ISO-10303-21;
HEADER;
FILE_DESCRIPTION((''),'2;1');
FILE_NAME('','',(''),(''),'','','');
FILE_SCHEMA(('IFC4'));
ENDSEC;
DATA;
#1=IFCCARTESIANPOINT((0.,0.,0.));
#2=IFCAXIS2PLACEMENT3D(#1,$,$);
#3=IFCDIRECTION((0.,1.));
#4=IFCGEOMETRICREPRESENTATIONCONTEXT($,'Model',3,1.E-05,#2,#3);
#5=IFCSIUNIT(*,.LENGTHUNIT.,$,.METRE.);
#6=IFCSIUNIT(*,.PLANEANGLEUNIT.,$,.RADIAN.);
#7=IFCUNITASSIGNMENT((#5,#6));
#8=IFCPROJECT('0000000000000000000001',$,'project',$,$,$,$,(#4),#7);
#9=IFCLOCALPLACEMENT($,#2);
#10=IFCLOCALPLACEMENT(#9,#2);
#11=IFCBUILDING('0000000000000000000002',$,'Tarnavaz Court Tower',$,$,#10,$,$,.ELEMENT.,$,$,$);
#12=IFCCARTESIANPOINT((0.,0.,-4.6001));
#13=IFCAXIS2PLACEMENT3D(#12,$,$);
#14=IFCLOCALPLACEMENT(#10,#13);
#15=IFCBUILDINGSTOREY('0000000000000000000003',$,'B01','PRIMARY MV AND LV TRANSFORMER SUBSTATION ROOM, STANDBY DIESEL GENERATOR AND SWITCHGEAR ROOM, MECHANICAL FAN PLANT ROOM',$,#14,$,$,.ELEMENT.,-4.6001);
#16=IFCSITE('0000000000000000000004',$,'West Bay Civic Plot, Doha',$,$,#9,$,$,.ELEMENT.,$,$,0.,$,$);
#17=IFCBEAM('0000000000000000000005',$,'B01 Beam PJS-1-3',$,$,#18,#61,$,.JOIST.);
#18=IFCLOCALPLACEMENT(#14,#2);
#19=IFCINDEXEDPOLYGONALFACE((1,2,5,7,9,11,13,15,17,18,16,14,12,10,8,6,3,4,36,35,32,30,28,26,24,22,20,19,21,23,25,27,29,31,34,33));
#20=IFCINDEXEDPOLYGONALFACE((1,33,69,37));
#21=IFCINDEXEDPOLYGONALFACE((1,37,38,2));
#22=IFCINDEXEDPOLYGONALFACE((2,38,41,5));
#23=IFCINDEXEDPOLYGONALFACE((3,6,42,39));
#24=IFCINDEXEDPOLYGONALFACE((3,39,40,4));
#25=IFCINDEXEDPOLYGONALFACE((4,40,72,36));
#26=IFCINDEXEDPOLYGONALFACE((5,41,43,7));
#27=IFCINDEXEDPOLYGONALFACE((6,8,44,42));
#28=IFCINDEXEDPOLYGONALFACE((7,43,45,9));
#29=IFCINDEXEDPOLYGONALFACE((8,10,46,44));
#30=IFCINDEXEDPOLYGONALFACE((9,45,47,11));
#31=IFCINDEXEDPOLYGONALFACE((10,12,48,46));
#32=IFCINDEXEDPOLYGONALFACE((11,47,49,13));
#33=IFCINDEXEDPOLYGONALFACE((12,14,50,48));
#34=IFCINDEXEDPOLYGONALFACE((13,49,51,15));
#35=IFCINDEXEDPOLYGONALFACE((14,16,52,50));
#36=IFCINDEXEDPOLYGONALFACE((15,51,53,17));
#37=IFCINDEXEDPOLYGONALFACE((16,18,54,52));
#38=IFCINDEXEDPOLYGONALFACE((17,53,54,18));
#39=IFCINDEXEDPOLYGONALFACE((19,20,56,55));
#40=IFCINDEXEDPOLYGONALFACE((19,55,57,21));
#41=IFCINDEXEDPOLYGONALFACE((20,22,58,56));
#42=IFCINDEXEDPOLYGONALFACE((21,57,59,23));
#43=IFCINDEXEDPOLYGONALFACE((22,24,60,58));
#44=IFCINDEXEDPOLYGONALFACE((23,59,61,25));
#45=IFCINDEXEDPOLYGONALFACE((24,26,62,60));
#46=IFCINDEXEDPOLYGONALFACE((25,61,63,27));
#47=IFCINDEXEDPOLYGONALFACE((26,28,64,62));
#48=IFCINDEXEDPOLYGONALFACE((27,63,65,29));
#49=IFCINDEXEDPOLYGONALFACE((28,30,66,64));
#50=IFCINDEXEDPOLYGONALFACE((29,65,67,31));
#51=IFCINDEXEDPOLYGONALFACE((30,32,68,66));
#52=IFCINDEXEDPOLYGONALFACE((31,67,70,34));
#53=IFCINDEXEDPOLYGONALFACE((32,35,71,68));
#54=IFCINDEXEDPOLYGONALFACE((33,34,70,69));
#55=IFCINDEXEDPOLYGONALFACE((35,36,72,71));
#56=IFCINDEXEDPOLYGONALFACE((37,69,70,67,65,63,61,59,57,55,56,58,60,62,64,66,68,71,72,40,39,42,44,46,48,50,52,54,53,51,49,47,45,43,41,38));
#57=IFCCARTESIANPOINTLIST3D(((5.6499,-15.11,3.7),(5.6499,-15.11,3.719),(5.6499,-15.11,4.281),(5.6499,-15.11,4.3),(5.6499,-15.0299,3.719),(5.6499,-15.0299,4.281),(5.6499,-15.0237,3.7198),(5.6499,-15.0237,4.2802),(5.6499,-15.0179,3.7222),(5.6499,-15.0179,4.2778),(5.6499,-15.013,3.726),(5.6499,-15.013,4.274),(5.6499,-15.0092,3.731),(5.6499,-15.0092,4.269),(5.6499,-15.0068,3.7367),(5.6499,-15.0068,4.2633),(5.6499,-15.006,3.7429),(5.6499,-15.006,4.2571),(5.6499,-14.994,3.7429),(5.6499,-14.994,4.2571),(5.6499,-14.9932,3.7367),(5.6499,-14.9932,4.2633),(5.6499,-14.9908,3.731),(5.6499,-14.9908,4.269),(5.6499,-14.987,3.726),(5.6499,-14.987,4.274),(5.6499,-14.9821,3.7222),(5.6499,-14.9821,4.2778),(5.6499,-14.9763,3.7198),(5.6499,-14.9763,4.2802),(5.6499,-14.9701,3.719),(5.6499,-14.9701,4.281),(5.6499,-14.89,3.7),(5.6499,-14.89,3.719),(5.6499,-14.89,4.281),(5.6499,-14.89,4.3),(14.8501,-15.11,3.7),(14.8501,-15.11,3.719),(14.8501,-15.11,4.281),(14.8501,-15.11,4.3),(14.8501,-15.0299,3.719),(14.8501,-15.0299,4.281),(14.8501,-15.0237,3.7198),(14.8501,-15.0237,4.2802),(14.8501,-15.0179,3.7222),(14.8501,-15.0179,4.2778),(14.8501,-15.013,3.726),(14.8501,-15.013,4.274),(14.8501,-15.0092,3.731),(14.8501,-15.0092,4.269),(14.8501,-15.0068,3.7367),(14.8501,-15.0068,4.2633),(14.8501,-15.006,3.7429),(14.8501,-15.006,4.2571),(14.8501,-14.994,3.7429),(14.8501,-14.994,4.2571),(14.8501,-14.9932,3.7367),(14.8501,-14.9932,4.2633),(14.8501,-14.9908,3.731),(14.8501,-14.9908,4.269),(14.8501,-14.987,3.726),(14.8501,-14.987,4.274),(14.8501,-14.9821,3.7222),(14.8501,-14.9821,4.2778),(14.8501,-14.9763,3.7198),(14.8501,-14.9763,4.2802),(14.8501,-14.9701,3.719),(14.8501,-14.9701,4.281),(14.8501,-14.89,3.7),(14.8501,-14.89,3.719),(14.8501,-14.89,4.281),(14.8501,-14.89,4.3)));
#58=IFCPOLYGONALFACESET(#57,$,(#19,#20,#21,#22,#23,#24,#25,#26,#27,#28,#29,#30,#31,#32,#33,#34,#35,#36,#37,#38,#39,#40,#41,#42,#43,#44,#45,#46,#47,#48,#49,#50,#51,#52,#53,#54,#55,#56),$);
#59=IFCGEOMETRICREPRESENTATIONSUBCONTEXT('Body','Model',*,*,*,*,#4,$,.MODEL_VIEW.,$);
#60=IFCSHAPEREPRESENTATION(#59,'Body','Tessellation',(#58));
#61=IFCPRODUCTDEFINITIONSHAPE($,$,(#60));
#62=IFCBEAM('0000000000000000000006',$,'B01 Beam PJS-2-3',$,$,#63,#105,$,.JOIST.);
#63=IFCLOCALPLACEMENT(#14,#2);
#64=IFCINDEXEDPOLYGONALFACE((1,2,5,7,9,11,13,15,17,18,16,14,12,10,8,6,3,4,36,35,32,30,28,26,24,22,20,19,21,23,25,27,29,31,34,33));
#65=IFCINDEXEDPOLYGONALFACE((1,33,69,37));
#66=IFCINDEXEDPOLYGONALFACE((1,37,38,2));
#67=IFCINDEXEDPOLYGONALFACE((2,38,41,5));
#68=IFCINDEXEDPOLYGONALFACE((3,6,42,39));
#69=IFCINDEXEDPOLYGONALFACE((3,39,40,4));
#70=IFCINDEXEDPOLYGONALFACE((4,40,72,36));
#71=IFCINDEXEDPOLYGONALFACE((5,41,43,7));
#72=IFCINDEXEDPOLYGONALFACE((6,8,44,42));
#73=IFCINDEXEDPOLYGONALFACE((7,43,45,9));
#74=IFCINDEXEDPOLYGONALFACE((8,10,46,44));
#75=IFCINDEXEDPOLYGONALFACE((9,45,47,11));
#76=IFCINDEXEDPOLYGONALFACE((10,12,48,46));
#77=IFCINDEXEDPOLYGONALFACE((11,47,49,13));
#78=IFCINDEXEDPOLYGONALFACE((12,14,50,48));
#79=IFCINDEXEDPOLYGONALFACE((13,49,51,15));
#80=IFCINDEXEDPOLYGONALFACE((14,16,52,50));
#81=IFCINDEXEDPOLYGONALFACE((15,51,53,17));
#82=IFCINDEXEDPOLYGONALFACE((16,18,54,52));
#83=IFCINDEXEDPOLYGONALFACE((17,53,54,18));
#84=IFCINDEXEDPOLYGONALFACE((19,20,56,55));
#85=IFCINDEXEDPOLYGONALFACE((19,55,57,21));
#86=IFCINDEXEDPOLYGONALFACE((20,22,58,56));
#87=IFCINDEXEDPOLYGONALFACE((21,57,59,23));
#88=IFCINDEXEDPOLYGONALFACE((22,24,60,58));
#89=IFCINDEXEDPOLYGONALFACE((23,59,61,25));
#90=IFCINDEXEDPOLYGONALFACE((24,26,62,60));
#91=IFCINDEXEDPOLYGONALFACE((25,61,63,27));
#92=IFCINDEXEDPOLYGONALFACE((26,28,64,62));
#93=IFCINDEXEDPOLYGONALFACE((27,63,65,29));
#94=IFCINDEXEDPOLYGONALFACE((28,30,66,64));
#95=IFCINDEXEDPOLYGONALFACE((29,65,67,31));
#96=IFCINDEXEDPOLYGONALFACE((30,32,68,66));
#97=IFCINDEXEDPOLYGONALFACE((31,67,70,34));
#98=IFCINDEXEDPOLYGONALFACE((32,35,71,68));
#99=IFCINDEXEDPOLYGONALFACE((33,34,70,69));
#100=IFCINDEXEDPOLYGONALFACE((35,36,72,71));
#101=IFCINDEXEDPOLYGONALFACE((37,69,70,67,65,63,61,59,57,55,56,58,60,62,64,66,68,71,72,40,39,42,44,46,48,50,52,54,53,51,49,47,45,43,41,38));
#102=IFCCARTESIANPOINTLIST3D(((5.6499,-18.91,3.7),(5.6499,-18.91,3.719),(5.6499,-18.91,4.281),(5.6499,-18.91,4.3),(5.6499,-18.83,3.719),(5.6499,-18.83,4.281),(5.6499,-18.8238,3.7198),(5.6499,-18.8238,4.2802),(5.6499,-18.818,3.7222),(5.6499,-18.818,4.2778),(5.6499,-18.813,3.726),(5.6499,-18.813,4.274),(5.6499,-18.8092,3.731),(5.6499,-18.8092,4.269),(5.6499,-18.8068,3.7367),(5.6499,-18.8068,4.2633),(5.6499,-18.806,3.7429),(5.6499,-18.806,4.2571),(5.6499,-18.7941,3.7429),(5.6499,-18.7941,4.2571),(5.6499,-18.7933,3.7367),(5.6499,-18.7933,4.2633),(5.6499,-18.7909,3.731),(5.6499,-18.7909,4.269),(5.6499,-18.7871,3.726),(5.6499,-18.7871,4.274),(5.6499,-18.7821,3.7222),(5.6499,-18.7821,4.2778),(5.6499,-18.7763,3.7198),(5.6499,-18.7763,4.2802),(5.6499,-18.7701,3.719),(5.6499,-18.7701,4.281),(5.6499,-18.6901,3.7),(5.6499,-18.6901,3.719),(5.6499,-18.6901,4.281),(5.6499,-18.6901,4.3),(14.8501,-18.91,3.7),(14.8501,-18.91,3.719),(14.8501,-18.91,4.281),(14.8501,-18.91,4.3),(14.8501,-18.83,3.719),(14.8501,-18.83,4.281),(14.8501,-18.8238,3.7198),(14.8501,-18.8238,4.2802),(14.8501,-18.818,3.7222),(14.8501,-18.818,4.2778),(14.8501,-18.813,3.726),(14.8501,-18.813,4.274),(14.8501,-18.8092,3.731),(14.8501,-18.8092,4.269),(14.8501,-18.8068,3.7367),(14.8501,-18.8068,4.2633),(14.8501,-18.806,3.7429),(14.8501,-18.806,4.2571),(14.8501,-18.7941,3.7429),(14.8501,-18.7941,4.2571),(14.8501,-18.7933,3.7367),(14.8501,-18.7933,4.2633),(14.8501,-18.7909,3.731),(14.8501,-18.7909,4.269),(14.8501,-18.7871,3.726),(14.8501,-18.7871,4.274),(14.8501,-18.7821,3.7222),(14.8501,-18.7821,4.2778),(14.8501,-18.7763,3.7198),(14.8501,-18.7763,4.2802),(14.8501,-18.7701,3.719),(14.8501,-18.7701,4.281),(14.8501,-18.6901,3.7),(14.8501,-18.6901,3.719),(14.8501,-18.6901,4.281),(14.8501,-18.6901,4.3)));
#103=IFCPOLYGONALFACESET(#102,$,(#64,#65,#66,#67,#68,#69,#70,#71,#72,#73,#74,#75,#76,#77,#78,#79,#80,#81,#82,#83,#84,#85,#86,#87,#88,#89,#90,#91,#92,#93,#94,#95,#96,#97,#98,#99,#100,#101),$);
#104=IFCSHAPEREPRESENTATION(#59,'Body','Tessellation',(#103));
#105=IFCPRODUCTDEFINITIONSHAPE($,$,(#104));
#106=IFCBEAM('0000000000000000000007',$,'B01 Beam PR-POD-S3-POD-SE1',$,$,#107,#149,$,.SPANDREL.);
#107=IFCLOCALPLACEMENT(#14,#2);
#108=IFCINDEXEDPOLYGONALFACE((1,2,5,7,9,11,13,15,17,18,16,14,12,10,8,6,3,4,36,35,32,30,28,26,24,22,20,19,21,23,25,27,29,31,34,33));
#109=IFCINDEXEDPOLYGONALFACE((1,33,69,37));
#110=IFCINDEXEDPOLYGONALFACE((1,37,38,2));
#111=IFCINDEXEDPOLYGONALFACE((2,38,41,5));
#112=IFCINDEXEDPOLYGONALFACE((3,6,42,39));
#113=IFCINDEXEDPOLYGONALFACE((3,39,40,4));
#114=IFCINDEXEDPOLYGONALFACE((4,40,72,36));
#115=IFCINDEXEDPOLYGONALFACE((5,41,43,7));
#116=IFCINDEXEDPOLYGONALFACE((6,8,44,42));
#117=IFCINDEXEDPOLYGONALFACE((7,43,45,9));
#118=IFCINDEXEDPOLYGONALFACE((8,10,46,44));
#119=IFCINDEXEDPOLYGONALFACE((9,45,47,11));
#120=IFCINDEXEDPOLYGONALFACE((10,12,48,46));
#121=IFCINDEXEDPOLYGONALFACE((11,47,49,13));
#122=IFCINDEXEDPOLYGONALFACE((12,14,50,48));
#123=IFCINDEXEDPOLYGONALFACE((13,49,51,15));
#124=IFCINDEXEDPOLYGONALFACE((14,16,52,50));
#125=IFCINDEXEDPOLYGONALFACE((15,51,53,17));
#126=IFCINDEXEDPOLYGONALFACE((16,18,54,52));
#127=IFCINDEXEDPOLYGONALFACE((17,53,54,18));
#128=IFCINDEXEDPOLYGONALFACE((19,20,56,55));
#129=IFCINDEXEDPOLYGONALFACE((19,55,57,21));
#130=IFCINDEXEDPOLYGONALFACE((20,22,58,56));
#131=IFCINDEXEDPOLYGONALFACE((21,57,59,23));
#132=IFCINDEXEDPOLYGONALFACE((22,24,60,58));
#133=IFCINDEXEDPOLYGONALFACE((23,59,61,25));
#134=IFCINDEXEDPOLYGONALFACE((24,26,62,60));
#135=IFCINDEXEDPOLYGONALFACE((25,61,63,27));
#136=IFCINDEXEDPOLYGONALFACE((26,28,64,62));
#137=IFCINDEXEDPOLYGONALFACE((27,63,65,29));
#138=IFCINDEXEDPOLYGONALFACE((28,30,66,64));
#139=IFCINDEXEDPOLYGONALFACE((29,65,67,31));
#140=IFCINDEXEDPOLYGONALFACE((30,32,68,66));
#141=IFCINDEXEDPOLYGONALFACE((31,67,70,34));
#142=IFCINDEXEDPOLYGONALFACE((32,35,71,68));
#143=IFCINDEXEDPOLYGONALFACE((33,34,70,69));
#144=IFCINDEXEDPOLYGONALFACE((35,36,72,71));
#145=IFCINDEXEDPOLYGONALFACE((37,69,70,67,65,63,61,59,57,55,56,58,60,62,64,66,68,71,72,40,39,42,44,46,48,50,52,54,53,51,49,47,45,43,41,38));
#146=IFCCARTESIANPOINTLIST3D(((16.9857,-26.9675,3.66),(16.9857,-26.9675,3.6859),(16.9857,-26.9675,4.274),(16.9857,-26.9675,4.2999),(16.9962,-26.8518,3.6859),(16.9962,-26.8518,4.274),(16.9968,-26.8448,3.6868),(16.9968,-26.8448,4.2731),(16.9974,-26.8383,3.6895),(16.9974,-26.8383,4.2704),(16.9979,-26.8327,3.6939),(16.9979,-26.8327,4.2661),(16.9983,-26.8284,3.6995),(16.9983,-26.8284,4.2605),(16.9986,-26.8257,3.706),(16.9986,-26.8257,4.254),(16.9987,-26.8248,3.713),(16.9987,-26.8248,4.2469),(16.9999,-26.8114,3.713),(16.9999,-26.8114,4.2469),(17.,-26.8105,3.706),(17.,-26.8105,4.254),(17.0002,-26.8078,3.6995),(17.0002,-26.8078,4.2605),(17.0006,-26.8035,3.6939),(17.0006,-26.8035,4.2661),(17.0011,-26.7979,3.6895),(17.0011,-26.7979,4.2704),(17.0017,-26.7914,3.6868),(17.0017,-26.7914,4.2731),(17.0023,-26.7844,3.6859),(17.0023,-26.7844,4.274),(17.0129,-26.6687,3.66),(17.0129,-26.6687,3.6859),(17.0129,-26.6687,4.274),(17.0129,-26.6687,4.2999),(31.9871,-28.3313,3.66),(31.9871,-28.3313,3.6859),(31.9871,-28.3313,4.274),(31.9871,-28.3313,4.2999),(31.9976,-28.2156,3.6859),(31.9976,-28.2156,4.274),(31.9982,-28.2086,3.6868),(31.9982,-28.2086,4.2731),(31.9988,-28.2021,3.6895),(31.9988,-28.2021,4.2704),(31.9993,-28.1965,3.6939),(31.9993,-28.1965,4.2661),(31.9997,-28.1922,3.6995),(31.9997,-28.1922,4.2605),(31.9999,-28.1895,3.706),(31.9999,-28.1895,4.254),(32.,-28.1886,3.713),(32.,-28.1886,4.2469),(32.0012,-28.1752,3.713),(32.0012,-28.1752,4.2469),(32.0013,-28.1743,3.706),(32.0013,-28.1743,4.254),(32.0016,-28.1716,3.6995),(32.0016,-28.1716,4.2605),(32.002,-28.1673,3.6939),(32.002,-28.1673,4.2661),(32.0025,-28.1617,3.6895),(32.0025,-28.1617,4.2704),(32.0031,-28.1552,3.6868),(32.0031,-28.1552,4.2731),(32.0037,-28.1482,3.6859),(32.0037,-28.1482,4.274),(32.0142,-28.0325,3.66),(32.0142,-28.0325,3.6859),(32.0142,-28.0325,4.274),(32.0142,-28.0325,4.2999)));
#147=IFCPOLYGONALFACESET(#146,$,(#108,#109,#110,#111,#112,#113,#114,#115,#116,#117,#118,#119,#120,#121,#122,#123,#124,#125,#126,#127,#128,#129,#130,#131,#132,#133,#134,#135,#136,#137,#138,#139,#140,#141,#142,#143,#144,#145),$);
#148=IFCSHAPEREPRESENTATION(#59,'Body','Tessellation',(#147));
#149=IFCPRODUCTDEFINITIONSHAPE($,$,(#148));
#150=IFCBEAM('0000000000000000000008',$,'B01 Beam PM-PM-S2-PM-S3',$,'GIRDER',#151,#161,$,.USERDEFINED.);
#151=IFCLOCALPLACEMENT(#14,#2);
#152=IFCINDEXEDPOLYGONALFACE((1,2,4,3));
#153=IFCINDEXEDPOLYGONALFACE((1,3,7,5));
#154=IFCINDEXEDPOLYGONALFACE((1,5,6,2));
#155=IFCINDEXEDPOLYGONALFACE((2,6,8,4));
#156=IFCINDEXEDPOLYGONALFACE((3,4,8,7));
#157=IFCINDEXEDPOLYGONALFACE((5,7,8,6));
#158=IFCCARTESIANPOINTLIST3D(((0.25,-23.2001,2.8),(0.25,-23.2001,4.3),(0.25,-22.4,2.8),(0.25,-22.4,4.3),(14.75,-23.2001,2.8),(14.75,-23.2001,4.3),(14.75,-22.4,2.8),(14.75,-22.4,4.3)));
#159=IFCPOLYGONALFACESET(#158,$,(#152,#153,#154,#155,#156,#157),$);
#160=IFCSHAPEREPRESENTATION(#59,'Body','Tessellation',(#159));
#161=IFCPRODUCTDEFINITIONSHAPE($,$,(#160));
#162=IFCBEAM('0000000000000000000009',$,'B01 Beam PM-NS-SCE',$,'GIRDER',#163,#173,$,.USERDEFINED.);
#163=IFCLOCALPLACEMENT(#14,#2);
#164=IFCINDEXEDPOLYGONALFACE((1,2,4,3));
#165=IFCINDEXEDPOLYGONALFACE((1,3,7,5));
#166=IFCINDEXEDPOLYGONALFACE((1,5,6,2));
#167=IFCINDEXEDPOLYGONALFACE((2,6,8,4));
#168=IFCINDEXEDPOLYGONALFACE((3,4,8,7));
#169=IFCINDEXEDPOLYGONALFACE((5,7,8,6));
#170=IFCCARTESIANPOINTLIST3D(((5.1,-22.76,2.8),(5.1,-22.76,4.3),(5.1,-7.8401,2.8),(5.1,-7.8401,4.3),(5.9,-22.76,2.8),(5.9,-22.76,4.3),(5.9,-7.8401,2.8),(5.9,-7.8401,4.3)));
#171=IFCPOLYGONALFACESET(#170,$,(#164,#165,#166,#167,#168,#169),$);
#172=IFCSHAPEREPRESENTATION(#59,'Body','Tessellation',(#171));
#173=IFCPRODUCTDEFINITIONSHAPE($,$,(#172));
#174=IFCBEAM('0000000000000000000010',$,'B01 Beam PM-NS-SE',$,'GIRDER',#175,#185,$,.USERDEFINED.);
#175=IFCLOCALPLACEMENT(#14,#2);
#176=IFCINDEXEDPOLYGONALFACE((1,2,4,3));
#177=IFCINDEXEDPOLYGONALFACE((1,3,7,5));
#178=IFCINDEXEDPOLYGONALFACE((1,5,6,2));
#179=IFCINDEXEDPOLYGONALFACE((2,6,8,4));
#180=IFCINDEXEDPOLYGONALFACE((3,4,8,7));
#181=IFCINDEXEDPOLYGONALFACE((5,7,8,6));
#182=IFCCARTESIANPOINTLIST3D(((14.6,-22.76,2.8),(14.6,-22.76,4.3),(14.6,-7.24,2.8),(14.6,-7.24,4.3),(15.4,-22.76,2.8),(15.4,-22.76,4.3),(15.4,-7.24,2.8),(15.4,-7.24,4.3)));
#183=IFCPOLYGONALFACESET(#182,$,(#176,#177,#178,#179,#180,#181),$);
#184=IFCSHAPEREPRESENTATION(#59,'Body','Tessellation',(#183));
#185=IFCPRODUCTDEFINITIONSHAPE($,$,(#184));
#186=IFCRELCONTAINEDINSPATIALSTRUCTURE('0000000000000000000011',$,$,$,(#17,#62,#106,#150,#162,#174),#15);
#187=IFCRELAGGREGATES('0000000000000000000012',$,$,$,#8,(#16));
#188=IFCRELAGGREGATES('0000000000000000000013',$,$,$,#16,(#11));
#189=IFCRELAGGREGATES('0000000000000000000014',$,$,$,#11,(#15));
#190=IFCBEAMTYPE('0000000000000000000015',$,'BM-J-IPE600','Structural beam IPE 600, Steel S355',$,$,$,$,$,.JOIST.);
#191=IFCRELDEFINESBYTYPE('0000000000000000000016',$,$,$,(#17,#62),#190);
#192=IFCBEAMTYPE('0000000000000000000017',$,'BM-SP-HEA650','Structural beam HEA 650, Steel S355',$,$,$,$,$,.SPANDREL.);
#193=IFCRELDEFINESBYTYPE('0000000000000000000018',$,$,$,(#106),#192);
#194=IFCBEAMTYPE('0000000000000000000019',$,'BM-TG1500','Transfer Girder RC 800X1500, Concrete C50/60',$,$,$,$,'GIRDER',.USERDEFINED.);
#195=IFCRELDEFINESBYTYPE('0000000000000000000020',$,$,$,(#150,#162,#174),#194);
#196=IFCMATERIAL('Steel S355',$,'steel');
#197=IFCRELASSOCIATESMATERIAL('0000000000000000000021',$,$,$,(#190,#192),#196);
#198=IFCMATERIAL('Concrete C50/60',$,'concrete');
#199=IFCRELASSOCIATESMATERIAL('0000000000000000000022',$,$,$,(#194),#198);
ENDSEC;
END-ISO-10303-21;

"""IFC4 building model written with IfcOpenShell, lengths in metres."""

from ifc_helpers import new_model, si_unit, direction, frame, origin, origin_2d, place, context, subcontext, project, spatial, rectangle, i_section, extrude, material, material_profile, profile_set, type_object, element, save


model = new_model("IFC4")

# Units and contexts
model_context = context("Model", 3, precision=1e-05, world=origin(), true_north=direction((0.0, 1.0)))
body_context = subcontext(model_context, "Body", "Model", "MODEL_VIEW")
ifc_project = project(units=[si_unit("LENGTHUNIT", "METRE"), si_unit("PLANEANGLEUNIT", "RADIAN")], contexts=[model_context])

# Site, building, storey
site_placement = place(None, origin())
site = spatial("IfcSite", under=ifc_project, at=site_placement, Name="West Bay Civic Plot, Doha", CompositionType="ELEMENT", RefElevation=0.0)
building_placement = place(site_placement, origin())
building = spatial("IfcBuilding", under=site, at=building_placement, Name="Tarnavaz Court Tower", CompositionType="ELEMENT")
storey_placement = place(building_placement, frame((0.0, 0.0, -4.6001)))
storey = spatial("IfcBuildingStorey", under=building, at=storey_placement, Name="B01", Description="PRIMARY MV AND LV TRANSFORMER SUBSTATION ROOM, STANDBY DIESEL GENERATOR AND SWITCHGEAR ROOM, MECHANICAL FAN PLANT ROOM", CompositionType="ELEMENT", Elevation=-4.6001)

# Shared definitions
ifc_material_1 = material(Name="Concrete C50/60", Category="concrete")

# Beams
ifc_material_2 = material(Name="Steel S355", Category="steel")
ifc_material_profile_1 = material_profile(ifc_material_2, i_section(OverallWidth=0.22, OverallDepth=0.6001, WebThickness=0.012, FlangeThickness=0.019, FilletRadius=0.0239, at=origin_2d()), Name="IPE 600")
ifc_profile_set_1 = profile_set([ifc_material_profile_1], Name="Steel S355")
beam_type_1 = type_object("IfcBeamType", Name="BM-J-IPE600", Description="Structural beam IPE 600, Steel S355", PredefinedType="JOIST", material=ifc_profile_set_1)
for number, where, z_axis, x_axis, name in (
    (1, (5.6499, -15.0, 4.0), (1.0, 0.0, 0.0), (0.0, 1.0, 0.0), "B01 Beam PJS-1-3"),
    (2, (5.6499, -18.8, 4.0), (1.0, 0.0, 0.0), (0.0, 1.0, 0.0), "B01 Beam PJS-2-3"),
):
    element("IfcBeam", number, at=place(storey_placement, frame(where, z_axis=z_axis, x_axis=x_axis)), inside=storey, type_object=beam_type_1, Name=name, PredefinedType="JOIST", context=body_context, shape_type="SweptSolid", body=[
        extrude(i_section(OverallWidth=0.22, OverallDepth=0.6001, WebThickness=0.012, FlangeThickness=0.019, FilletRadius=0.0239, at=origin_2d()), origin(), (0.0, 0.0, 1.0), 9.2002),
    ])
ifc_material_profile_2 = material_profile(ifc_material_2, i_section(OverallWidth=0.3, OverallDepth=0.6399, WebThickness=0.0134, FlangeThickness=0.0259, FilletRadius=0.0271, at=origin_2d()), Name="HEA 650")
ifc_profile_set_2 = profile_set([ifc_material_profile_2], Name="Steel S355")
beam_type_2 = type_object("IfcBeamType", Name="BM-SP-HEA650", Description="Structural beam HEA 650, Steel S355", PredefinedType="SPANDREL", material=ifc_profile_set_2)
beam_1_placement = place(storey_placement, frame((16.9993, -26.8181, 3.98), z_axis=(0.995893, -0.090536, 0.0), x_axis=(0.090536, 0.995893, 0.0)))
element("IfcBeam", 3, at=beam_1_placement, inside=storey, type_object=beam_type_2, Name="B01 Beam PR-POD-S3-POD-SE1", PredefinedType="SPANDREL", context=body_context, shape_type="SweptSolid", body=[
    extrude(i_section(OverallWidth=0.3, OverallDepth=0.6399, WebThickness=0.0134, FlangeThickness=0.0259, FilletRadius=0.0271, at=origin_2d()), origin(), (0.0, 0.0, 1.0), 15.0632),
])
ifc_material_profile_3 = material_profile(ifc_material_1, rectangle(XDim=0.8, YDim=1.5, at=origin_2d()), Name="RC 800X1500")
ifc_profile_set_3 = profile_set([ifc_material_profile_3], Name="Concrete C50/60")
beam_type_3 = type_object("IfcBeamType", Name="BM-TG1500", Description="Transfer Girder RC 800X1500, Concrete C50/60", ElementType="GIRDER", PredefinedType="USERDEFINED", material=ifc_profile_set_3)
beam_2_placement = place(storey_placement, frame((0.25, -22.8, 3.55), z_axis=(1.0, 0.0, 0.0), x_axis=(0.0, 1.0, 0.0)))
element("IfcBeam", 4, at=beam_2_placement, inside=storey, type_object=beam_type_3, Name="B01 Beam PM-PM-S2-PM-S3", ObjectType="GIRDER", PredefinedType="USERDEFINED", context=body_context, shape_type="SweptSolid", body=[
    extrude(rectangle(XDim=0.8, YDim=1.5, at=origin_2d()), origin(), (0.0, 0.0, 1.0), 14.5),
])
beam_3_placement = place(storey_placement, frame((5.5, -7.8401, 3.55), z_axis=(0.0, -1.0, 0.0), x_axis=(1.0, 0.0, 0.0)))
element("IfcBeam", 5, at=beam_3_placement, inside=storey, type_object=beam_type_3, Name="B01 Beam PM-NS-SCE", ObjectType="GIRDER", PredefinedType="USERDEFINED", context=body_context, shape_type="SweptSolid", body=[
    extrude(rectangle(XDim=0.8, YDim=1.5, at=origin_2d()), origin(), (0.0, 0.0, 1.0), 14.9199),
])
beam_4_placement = place(storey_placement, frame((15.0, -7.24, 3.55), z_axis=(0.0, -1.0, 0.0), x_axis=(1.0, 0.0, 0.0)))
element("IfcBeam", 6, at=beam_4_placement, inside=storey, type_object=beam_type_3, Name="B01 Beam PM-NS-SE", ObjectType="GIRDER", PredefinedType="USERDEFINED", context=body_context, shape_type="SweptSolid", body=[
    extrude(rectangle(XDim=0.8, YDim=1.5, at=origin_2d()), origin(), (0.0, 0.0, 1.0), 15.52),
])

save(model, "model.ifc")
